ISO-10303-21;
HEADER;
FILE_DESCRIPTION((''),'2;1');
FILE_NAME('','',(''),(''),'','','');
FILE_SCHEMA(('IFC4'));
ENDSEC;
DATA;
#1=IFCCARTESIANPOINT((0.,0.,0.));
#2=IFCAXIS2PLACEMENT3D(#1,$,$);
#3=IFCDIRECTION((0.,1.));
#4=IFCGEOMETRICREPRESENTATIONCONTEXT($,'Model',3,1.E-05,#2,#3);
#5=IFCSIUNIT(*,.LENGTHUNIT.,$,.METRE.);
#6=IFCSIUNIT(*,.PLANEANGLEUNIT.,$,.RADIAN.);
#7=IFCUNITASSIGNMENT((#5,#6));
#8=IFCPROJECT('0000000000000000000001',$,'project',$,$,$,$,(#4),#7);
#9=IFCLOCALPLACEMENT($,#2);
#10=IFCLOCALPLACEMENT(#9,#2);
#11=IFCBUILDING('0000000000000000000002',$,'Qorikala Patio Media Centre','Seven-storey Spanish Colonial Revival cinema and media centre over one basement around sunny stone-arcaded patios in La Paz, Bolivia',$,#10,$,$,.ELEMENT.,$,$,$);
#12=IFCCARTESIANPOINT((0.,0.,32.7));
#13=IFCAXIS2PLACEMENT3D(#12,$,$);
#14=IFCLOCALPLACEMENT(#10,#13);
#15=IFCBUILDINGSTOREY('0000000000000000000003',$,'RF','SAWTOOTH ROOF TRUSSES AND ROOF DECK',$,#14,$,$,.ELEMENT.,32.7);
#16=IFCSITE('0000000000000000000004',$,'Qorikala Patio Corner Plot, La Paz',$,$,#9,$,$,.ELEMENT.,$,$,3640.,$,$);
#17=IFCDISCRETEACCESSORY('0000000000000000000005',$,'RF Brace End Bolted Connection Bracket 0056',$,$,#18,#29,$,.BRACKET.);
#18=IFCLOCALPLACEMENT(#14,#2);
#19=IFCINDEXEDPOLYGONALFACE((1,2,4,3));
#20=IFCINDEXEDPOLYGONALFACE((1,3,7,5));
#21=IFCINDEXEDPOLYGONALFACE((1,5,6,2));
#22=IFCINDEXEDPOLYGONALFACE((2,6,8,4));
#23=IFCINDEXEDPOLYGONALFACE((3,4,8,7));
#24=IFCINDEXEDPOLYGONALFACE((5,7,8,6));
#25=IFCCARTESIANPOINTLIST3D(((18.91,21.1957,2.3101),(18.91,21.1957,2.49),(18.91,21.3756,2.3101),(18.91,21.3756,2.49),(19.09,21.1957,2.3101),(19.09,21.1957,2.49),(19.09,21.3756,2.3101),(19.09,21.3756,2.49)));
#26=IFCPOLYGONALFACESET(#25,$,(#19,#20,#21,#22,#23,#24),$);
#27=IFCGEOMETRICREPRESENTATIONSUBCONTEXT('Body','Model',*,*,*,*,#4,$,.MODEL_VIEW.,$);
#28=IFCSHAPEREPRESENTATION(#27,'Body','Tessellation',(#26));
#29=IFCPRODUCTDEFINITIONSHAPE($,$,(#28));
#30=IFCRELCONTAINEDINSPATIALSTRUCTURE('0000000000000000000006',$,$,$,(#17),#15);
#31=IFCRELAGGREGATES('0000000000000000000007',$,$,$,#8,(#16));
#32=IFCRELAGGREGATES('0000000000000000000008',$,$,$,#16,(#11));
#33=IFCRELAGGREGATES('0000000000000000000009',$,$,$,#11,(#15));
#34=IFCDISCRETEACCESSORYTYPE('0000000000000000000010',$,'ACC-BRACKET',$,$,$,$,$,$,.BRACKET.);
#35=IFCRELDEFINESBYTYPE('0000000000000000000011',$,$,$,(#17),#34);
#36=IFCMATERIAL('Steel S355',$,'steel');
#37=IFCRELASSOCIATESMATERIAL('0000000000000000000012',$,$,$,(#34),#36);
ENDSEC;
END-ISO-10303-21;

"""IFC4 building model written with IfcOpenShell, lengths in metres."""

from ifc_helpers import new_model, si_unit, direction, frame, origin, origin_2d, place, context, subcontext, project, spatial, rectangle, extrude, material, type_object, element, save


model = new_model("IFC4")

# Units and contexts
model_context = context("Model", 3, precision=1e-05, world=origin(), true_north=direction((0.0, 1.0)))
body_context = subcontext(model_context, "Body", "Model", "MODEL_VIEW")
ifc_project = project(units=[si_unit("LENGTHUNIT", "METRE"), si_unit("PLANEANGLEUNIT", "RADIAN")], contexts=[model_context])

# Site, building, storey
site_placement = place(None, origin())
site = spatial("IfcSite", under=ifc_project, at=site_placement, Name="Qorikala Patio Corner Plot, La Paz", CompositionType="ELEMENT", RefElevation=3640.0)
building_placement = place(site_placement, origin())
building = spatial("IfcBuilding", under=site, at=building_placement, Name="Qorikala Patio Media Centre", Description="Seven-storey Spanish Colonial Revival cinema and media centre over one basement around sunny stone-arcaded patios in La Paz, Bolivia", CompositionType="ELEMENT")
storey_placement = place(building_placement, frame((0.0, 0.0, 32.7)))
storey = spatial("IfcBuildingStorey", under=building, at=storey_placement, Name="RF", Description="SAWTOOTH ROOF TRUSSES AND ROOF DECK", CompositionType="ELEMENT", Elevation=32.7)

# Shared definitions
ifc_material_1 = material(Name="Steel S355", Category="steel")

# Discrete accessory
discrete_accessory_type = type_object("IfcDiscreteAccessoryType", Name="ACC-BRACKET", PredefinedType="BRACKET", material=ifc_material_1)
for number, where, z_axis, x_axis, name in (
    (1, (19.0, 21.2856, 2.3101), (0.0, 0.0, 1.0), (1.0, 0.0, 0.0), "RF Brace End Bolted Connection Bracket 0056"),
):
    element("IfcDiscreteAccessory", number, at=place(storey_placement, frame(where, z_axis=z_axis, x_axis=x_axis)), inside=storey, type_object=discrete_accessory_type, Name=name, PredefinedType="BRACKET", context=body_context, shape_type="SweptSolid", body=[
        extrude(rectangle(XDim=0.1799, YDim=0.1799, at=origin_2d()), origin(), (0.0, 0.0, 1.0), 0.1799),
    ])

save(model, "model.ifc")
